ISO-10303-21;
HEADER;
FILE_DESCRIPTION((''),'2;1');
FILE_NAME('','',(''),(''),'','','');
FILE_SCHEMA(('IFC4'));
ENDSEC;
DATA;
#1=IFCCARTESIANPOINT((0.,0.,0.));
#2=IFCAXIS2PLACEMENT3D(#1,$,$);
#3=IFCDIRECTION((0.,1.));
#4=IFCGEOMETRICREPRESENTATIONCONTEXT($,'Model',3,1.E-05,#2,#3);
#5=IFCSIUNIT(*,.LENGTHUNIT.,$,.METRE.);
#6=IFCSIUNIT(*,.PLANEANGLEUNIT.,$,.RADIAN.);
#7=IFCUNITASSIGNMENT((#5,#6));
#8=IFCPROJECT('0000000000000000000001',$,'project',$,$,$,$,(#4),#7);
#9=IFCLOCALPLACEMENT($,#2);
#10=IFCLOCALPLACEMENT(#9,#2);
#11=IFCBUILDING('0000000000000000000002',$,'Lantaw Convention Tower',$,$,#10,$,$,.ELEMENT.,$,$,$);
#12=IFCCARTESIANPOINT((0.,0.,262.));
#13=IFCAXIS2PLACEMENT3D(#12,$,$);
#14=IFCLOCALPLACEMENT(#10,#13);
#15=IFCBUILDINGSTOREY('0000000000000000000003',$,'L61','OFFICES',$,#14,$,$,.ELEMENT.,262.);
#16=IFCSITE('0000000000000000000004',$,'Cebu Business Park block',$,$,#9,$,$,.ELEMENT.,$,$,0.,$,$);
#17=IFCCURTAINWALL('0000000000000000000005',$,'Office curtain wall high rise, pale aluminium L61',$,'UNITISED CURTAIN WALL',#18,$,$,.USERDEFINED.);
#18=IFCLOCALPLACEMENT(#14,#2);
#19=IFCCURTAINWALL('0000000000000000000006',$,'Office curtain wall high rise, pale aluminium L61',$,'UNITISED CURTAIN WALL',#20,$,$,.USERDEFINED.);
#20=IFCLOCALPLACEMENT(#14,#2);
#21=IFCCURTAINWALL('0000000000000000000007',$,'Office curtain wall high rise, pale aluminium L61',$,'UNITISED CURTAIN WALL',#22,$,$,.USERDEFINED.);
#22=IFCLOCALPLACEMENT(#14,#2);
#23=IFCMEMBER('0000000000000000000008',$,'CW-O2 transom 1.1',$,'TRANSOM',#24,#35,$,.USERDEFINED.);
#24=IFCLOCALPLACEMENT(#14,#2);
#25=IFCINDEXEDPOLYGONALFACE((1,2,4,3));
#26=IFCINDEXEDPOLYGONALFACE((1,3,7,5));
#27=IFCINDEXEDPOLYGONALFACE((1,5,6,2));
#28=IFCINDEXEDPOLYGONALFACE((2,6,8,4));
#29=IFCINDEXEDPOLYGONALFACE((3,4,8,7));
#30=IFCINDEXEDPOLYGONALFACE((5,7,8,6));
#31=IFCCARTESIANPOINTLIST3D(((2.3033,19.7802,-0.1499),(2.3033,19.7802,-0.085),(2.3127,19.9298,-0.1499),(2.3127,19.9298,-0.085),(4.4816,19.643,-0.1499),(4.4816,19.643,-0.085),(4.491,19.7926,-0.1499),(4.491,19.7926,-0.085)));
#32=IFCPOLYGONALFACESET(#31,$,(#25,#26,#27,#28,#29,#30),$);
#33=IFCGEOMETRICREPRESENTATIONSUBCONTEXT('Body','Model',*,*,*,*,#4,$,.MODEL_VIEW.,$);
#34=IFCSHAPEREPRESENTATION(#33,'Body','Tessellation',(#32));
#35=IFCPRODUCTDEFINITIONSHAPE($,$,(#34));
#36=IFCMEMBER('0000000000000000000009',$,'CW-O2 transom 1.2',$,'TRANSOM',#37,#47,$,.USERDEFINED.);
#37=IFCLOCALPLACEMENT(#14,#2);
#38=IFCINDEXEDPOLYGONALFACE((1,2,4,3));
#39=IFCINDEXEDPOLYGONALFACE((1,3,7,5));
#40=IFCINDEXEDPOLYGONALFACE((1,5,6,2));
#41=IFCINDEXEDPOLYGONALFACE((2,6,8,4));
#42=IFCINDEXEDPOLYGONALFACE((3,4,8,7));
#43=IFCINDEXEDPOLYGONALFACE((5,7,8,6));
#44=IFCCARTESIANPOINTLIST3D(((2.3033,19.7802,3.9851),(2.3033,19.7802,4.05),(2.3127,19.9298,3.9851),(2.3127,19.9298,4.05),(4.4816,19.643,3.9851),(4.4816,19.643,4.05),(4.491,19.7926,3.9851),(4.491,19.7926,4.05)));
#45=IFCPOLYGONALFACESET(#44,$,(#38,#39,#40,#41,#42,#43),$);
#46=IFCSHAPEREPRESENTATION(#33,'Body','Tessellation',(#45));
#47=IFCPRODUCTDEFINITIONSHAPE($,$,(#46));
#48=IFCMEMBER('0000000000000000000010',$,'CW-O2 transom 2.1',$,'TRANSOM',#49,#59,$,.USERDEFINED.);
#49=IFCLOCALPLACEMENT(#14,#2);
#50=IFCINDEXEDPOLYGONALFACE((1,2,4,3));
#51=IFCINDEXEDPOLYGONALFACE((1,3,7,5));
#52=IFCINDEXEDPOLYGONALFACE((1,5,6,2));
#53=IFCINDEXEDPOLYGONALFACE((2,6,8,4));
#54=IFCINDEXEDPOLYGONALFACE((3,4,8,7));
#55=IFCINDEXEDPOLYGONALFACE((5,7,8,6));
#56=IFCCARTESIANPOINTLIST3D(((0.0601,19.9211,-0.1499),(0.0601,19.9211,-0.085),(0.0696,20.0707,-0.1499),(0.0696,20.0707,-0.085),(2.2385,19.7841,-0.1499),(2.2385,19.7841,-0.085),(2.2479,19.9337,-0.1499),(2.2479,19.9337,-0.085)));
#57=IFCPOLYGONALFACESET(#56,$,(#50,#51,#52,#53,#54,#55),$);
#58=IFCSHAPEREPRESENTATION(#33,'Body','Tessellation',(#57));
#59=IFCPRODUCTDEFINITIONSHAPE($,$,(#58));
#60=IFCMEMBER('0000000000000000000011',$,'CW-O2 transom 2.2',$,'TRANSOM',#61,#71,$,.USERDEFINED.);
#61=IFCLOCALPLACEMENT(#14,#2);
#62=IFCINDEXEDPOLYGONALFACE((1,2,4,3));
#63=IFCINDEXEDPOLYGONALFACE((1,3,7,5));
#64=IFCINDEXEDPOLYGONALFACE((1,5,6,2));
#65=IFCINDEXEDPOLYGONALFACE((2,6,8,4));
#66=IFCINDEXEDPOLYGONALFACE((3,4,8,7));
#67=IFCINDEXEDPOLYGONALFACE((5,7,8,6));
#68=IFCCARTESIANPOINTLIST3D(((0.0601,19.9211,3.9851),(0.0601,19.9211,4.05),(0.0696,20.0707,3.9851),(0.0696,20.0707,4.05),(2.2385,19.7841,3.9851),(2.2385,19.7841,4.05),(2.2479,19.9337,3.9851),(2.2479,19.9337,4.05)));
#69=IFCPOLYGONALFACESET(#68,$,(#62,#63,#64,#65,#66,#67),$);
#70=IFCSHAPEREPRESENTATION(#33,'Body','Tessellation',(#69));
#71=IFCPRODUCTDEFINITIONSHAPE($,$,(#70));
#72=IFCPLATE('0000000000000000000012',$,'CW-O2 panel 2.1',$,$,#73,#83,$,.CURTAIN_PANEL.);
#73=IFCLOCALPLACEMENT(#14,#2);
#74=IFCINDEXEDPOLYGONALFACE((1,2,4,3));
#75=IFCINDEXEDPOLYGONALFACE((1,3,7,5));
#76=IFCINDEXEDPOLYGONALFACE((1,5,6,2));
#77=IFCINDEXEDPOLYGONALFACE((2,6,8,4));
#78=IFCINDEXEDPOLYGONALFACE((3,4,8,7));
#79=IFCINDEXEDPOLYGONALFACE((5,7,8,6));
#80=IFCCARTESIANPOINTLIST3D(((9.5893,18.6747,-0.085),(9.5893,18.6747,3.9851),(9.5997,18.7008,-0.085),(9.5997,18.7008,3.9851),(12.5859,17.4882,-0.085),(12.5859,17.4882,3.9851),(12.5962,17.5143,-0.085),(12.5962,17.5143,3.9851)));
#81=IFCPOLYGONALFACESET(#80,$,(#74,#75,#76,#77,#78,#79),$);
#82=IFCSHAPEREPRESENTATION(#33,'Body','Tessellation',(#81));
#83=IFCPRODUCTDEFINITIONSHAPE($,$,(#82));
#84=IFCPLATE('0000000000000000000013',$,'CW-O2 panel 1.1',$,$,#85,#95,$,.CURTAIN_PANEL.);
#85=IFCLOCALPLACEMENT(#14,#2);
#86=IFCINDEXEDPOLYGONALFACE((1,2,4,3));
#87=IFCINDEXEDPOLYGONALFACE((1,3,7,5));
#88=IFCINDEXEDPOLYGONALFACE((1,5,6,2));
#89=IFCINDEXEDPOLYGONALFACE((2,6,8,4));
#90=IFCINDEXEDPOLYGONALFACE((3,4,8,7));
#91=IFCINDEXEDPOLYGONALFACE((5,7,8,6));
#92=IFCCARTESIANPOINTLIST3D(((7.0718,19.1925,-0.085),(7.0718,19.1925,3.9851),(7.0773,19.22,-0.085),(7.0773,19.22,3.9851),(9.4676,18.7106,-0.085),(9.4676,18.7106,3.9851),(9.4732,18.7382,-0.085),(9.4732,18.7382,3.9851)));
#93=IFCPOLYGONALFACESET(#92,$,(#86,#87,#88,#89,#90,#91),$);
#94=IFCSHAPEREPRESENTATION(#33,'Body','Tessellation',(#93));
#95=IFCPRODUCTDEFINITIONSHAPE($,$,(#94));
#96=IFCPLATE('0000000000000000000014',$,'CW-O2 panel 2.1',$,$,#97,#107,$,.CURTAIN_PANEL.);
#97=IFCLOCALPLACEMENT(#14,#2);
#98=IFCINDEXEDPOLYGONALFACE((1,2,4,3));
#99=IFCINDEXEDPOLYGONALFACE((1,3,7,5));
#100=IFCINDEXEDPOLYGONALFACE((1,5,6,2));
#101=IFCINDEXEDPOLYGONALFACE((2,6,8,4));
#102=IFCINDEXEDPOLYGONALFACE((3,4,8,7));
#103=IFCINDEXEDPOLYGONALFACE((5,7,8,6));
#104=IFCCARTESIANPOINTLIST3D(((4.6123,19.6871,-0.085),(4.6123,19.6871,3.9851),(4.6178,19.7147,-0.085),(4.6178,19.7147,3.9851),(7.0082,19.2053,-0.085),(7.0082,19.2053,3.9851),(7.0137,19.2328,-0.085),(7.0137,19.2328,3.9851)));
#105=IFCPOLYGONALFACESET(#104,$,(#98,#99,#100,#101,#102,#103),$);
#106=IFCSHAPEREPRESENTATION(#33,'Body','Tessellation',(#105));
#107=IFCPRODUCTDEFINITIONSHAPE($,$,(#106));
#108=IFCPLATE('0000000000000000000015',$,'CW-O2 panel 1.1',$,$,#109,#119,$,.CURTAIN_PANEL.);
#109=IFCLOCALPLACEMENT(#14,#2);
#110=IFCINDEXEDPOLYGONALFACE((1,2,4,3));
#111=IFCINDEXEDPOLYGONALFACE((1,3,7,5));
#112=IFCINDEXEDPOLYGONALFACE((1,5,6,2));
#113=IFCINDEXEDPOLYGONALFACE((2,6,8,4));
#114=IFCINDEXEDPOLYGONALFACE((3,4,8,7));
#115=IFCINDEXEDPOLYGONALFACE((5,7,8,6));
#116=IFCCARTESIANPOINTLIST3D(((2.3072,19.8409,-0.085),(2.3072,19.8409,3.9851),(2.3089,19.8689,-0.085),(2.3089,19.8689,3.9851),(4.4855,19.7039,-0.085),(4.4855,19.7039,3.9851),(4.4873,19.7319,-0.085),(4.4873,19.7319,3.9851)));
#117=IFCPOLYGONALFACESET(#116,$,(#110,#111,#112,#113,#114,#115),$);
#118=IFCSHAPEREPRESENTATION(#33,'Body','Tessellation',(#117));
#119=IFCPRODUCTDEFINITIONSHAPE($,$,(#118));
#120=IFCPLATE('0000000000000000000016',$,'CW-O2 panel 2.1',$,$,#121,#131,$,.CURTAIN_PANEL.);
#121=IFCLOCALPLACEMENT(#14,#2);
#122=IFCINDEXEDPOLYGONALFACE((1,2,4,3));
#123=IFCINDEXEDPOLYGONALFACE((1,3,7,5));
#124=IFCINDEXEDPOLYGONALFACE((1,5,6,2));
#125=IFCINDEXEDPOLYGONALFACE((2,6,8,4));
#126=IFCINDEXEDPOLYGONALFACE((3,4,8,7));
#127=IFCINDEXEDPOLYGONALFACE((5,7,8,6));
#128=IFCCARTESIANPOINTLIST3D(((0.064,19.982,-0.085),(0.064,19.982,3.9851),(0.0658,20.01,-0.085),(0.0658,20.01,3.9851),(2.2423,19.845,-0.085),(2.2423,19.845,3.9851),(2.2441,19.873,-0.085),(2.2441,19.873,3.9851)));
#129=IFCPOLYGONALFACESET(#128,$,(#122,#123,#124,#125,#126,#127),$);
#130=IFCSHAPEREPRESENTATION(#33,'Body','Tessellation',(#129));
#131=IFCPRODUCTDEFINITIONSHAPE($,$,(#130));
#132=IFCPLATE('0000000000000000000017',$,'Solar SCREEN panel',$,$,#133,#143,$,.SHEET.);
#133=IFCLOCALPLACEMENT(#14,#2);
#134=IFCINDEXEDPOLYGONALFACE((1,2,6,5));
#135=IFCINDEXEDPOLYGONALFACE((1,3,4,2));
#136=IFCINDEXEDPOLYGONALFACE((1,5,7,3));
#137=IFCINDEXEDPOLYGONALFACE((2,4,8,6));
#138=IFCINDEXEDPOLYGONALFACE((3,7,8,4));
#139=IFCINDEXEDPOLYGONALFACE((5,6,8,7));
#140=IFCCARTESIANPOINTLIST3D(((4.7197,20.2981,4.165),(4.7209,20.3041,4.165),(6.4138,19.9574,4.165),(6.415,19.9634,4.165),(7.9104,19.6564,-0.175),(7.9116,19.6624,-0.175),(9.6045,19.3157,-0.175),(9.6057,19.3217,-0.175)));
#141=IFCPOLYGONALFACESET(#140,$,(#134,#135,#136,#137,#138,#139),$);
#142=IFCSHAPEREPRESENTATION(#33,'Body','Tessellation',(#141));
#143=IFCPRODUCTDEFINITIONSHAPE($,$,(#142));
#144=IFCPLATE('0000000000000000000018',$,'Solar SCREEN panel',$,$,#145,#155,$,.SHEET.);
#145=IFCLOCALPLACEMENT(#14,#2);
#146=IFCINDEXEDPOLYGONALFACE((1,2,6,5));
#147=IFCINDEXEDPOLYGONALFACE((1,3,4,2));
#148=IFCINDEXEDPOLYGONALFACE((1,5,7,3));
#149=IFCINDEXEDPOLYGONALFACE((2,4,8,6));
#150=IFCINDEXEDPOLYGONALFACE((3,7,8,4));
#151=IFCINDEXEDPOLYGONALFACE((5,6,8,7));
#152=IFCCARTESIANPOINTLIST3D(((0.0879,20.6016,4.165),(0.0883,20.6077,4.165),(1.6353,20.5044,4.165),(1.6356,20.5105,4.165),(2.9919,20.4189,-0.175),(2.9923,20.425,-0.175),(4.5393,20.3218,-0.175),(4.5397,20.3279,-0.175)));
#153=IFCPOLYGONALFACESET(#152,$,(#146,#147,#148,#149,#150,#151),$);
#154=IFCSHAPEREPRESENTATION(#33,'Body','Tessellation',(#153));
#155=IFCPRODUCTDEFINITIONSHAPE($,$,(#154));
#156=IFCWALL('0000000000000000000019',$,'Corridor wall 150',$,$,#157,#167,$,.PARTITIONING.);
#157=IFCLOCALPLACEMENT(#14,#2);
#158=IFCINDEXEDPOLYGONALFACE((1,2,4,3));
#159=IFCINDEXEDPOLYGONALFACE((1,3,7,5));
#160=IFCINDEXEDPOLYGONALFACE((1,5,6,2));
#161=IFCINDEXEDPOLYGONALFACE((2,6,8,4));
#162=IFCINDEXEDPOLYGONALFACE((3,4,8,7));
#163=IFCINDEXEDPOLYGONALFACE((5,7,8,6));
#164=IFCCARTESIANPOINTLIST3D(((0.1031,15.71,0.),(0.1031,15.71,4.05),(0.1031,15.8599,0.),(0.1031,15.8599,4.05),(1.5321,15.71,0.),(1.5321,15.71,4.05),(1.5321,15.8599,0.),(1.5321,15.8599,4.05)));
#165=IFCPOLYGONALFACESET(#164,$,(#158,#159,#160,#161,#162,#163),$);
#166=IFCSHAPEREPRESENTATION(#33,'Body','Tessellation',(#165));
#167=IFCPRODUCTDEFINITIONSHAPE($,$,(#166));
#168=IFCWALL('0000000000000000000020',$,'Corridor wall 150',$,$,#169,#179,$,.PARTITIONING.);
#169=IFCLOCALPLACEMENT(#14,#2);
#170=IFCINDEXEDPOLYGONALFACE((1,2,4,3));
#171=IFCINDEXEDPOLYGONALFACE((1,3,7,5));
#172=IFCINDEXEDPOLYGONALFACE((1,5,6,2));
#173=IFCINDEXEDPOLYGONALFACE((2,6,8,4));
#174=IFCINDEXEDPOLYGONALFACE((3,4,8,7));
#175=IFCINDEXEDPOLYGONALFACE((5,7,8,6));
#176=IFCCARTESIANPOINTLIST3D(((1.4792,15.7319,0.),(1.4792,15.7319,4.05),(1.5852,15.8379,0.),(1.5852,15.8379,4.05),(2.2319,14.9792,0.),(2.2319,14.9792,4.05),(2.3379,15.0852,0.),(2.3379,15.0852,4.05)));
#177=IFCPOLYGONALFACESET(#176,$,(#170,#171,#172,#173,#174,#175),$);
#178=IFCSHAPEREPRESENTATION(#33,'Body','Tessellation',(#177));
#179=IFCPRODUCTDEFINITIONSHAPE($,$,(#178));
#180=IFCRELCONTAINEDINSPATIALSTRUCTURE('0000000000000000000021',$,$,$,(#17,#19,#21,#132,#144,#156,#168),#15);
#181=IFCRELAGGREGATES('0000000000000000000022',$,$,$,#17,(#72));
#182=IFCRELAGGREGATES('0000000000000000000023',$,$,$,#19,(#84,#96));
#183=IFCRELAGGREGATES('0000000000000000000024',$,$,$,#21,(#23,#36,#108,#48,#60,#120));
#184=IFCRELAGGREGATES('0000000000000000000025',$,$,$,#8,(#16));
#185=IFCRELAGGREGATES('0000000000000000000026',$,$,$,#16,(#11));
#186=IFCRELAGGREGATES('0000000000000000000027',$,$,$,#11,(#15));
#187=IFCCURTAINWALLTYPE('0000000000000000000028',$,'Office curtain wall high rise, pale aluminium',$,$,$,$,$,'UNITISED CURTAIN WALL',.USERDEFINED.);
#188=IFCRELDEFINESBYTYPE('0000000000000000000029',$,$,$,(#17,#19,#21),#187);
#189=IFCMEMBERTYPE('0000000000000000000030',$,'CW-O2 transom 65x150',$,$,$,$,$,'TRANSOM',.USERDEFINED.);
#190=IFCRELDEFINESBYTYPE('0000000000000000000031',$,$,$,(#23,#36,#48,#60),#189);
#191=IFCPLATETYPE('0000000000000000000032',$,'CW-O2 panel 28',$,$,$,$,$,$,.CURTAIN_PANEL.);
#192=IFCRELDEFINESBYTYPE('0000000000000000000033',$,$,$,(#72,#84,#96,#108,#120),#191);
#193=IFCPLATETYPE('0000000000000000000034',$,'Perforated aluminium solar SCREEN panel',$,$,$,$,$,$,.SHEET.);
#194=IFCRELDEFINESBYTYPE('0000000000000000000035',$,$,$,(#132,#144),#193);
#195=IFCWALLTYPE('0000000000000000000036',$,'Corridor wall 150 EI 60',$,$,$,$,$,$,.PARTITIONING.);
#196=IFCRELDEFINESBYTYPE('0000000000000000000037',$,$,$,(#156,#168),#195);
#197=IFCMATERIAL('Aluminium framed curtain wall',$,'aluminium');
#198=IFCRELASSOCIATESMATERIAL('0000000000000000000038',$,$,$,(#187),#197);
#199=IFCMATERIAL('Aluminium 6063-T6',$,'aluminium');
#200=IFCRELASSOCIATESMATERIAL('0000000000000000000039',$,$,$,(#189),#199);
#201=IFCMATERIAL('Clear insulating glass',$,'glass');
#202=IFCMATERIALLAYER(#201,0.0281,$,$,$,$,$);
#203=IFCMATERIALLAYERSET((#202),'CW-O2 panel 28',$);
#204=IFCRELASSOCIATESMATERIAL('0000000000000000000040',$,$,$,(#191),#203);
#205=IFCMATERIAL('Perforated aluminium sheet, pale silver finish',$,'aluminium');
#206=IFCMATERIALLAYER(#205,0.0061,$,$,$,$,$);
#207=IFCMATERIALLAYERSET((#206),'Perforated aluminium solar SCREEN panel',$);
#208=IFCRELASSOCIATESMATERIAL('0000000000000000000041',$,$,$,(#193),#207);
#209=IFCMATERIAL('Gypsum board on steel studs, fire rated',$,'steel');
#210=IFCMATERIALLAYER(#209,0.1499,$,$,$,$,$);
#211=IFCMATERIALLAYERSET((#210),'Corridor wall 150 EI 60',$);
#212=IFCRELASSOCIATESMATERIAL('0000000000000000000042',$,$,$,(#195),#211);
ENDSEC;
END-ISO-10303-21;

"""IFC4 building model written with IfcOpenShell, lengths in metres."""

from ifc_helpers import new_model, si_unit, direction, frame, frame_2d, origin, origin_2d, place, context, subcontext, project, spatial, polyline, rectangle, outline, extrude, material, layer, layer_set, material_profile, profile_set, type_object, element, aggregate, save


model = new_model("IFC4")

# Units and contexts
model_context = context("Model", 3, precision=1e-05, world=origin(), true_north=direction((0.0, 1.0)))
body_context = subcontext(model_context, "Body", "Model", "MODEL_VIEW")
ifc_project = project(units=[si_unit("LENGTHUNIT", "METRE"), si_unit("PLANEANGLEUNIT", "RADIAN")], contexts=[model_context])

# Site, building, storey
site_placement = place(None, origin())
site = spatial("IfcSite", under=ifc_project, at=site_placement, Name="Cebu Business Park block", CompositionType="ELEMENT", RefElevation=0.0)
building_placement = place(site_placement, origin())
building = spatial("IfcBuilding", under=site, at=building_placement, Name="Lantaw Convention Tower", CompositionType="ELEMENT")
storey_placement = place(building_placement, frame((0.0, 0.0, 262.0)))
storey = spatial("IfcBuildingStorey", under=building, at=storey_placement, Name="L61", Description="OFFICES", CompositionType="ELEMENT", Elevation=262.0)

# Curtain walls
ifc_material_1 = material(Name="Aluminium framed curtain wall", Category="aluminium")
curtain_wall_type = type_object("IfcCurtainWallType", Name="Office curtain wall high rise, pale aluminium", ElementType="UNITISED CURTAIN WALL", PredefinedType="USERDEFINED", material=ifc_material_1)
curtain_wall_1_placement = place(storey_placement, origin())
curtain_wall_1 = element("IfcCurtainWall", 1, at=curtain_wall_1_placement, inside=storey, type_object=curtain_wall_type, Name="Office curtain wall high rise, pale aluminium L61", ObjectType="UNITISED CURTAIN WALL", PredefinedType="USERDEFINED")
ifc_material_2 = material(Name="Aluminium 6063-T6", Category="aluminium")
curtain_wall_2_placement = place(storey_placement, origin())
curtain_wall_2 = element("IfcCurtainWall", 2, at=curtain_wall_2_placement, inside=storey, type_object=curtain_wall_type, Name="Office curtain wall high rise, pale aluminium L61", ObjectType="UNITISED CURTAIN WALL", PredefinedType="USERDEFINED")
curtain_wall_3_placement = place(storey_placement, origin())
curtain_wall_3 = element("IfcCurtainWall", 3, at=curtain_wall_3_placement, inside=storey, type_object=curtain_wall_type, Name="Office curtain wall high rise, pale aluminium L61", ObjectType="UNITISED CURTAIN WALL", PredefinedType="USERDEFINED")

# Members
ifc_material_profile_1 = material_profile(ifc_material_2, rectangle(XDim=0.1499, YDim=0.0649, at=origin_2d()), Name="CW-O2 transom 65x150")
ifc_profile_set_1 = profile_set([ifc_material_profile_1], Name="Aluminium 6063-T6")
member_type_1 = type_object("IfcMemberType", Name="CW-O2 transom 65x150", ElementType="TRANSOM", PredefinedType="USERDEFINED", material=ifc_profile_set_1)
member_1_placement = place(storey_placement, frame((4.4863, 19.7178, -0.1174), z_axis=(-0.998022, 0.062866, 0.0), x_axis=(-0.062866, -0.998022, 0.0)))
member_1 = element("IfcMember", 4, at=member_1_placement, type_object=member_type_1, Name="CW-O2 transom 1.1", ObjectType="TRANSOM", PredefinedType="USERDEFINED", context=body_context, shape_type="SweptSolid", body=[
    extrude(rectangle(XDim=0.1499, YDim=0.0649, at=origin_2d()), origin(), (0.0, 0.0, 1.0), 2.1826),
])
member_2_placement = place(storey_placement, frame((4.4863, 19.7178, 4.0176), z_axis=(-0.998022, 0.062866, 0.0), x_axis=(-0.062866, -0.998022, 0.0)))
member_2 = element("IfcMember", 5, at=member_2_placement, type_object=member_type_1, Name="CW-O2 transom 1.2", ObjectType="TRANSOM", PredefinedType="USERDEFINED", context=body_context, shape_type="SweptSolid", body=[
    extrude(rectangle(XDim=0.1499, YDim=0.0649, at=origin_2d()), origin(), (0.0, 0.0, 1.0), 2.1826),
])
member_3_placement = place(storey_placement, frame((2.2432, 19.8589, -0.1174), z_axis=(-0.998029, 0.062754, 0.0), x_axis=(-0.062754, -0.998029, 0.0)))
member_3 = element("IfcMember", 6, at=member_3_placement, type_object=member_type_1, Name="CW-O2 transom 2.1", ObjectType="TRANSOM", PredefinedType="USERDEFINED", context=body_context, shape_type="SweptSolid", body=[
    extrude(rectangle(XDim=0.1499, YDim=0.0649, at=origin_2d()), origin(), (0.0, 0.0, 1.0), 2.1826),
])
member_4_placement = place(storey_placement, frame((2.2432, 19.8589, 4.0176), z_axis=(-0.998029, 0.062754, 0.0), x_axis=(-0.062754, -0.998029, 0.0)))
member_4 = element("IfcMember", 7, at=member_4_placement, type_object=member_type_1, Name="CW-O2 transom 2.2", ObjectType="TRANSOM", PredefinedType="USERDEFINED", context=body_context, shape_type="SweptSolid", body=[
    extrude(rectangle(XDim=0.1499, YDim=0.0649, at=origin_2d()), origin(), (0.0, 0.0, 1.0), 2.1826),
])

# Plates
ifc_material_3 = material(Name="Clear insulating glass", Category="glass")
ifc_layer_1 = layer(ifc_material_3, 0.0281)
ifc_layer_set_1 = layer_set([ifc_layer_1], Name="CW-O2 panel 28")
plate_type_1 = type_object("IfcPlateType", Name="CW-O2 panel 28", PredefinedType="CURTAIN_PANEL", material=ifc_layer_set_1)
plate_1_placement = place(storey_placement, frame((11.0928, 18.0945, -0.085), z_axis=(0.0, 0.0, 1.0), x_axis=(-0.929762, 0.368162, 0.0)))
plate_1 = element("IfcPlate", 8, at=plate_1_placement, type_object=plate_type_1, Name="CW-O2 panel 2.1", PredefinedType="CURTAIN_PANEL", context=body_context, shape_type="SweptSolid", body=[
    extrude(rectangle(XDim=3.2229, YDim=0.0281, at=origin_2d()), origin(), (0.0, 0.0, 1.0), 4.0701),
])
aggregate(curtain_wall_1, [plate_1])
plate_2_placement = place(storey_placement, frame((8.2725, 18.9653, -0.085), z_axis=(0.0, 0.0, 1.0), x_axis=(-0.980367, 0.197183, 0.0)))
plate_2 = element("IfcPlate", 9, at=plate_2_placement, type_object=plate_type_1, Name="CW-O2 panel 1.1", PredefinedType="CURTAIN_PANEL", context=body_context, shape_type="SweptSolid", body=[
    extrude(rectangle(XDim=2.4438, YDim=0.0281, at=origin_2d()), origin(), (0.0, 0.0, 1.0), 4.0701),
])
plate_3_placement = place(storey_placement, frame((5.813, 19.46, -0.085), z_axis=(0.0, 0.0, 1.0), x_axis=(-0.980367, 0.197183, 0.0)))
plate_3 = element("IfcPlate", 10, at=plate_3_placement, type_object=plate_type_1, Name="CW-O2 panel 2.1", PredefinedType="CURTAIN_PANEL", context=body_context, shape_type="SweptSolid", body=[
    extrude(rectangle(XDim=2.4438, YDim=0.0281, at=origin_2d()), origin(), (0.0, 0.0, 1.0), 4.0701),
])
aggregate(curtain_wall_2, [plate_2, plate_3])
plate_4_placement = place(storey_placement, frame((3.3972, 19.7864, -0.085), z_axis=(0.0, 0.0, 1.0), x_axis=(-0.998029, 0.062758, 0.0)))
plate_4 = element("IfcPlate", 11, at=plate_4_placement, type_object=plate_type_1, Name="CW-O2 panel 1.1", PredefinedType="CURTAIN_PANEL", context=body_context, shape_type="SweptSolid", body=[
    extrude(rectangle(XDim=2.1826, YDim=0.0281, at=origin_2d()), origin(), (0.0, 0.0, 1.0), 4.0701),
])
plate_5_placement = place(storey_placement, frame((1.1541, 19.9275, -0.085), z_axis=(0.0, 0.0, 1.0), x_axis=(-0.998029, 0.062758, 0.0)))
plate_5 = element("IfcPlate", 12, at=plate_5_placement, type_object=plate_type_1, Name="CW-O2 panel 2.1", PredefinedType="CURTAIN_PANEL", context=body_context, shape_type="SweptSolid", body=[
    extrude(rectangle(XDim=2.1826, YDim=0.0281, at=origin_2d()), origin(), (0.0, 0.0, 1.0), 4.0701),
])
aggregate(curtain_wall_3, [member_1, member_2, plate_4, member_3, member_4, plate_5])

# Plates
ifc_material_4 = material(Name="Perforated aluminium sheet, pale silver finish", Category="aluminium")
ifc_layer_2 = layer(ifc_material_4, 0.0061)
ifc_layer_set_2 = layer_set([ifc_layer_2], Name="Perforated aluminium solar SCREEN panel")
plate_type_2 = type_object("IfcPlateType", Name="Perforated aluminium solar SCREEN panel", PredefinedType="SHEET", material=ifc_layer_set_2)
plate_6_placement = place(storey_placement, frame((9.6045, 19.3157, -0.175), z_axis=(-0.197162, -0.980371, 0.000011), x_axis=(-0.980371, 0.197162, 0.0)))
element("IfcPlate", 13, at=plate_6_placement, inside=storey, type_object=plate_type_2, Name="Solar SCREEN panel", PredefinedType="SHEET", context=body_context, shape_type="SweptSolid", body=[
    extrude(outline(polyline([(0.0, 0.0), (1.728, 0.0), (4.9826, -4.3401), (3.2545, -4.3401), (0.0, 0.0)])), origin(), (0.0, 0.0, -1.0), 0.0061),
])
plate_7_placement = place(storey_placement, frame((4.5393, 20.3218, -0.175), z_axis=(-0.062672, -0.998034, 0.000059), x_axis=(-0.998034, 0.062672, 0.0)))
element("IfcPlate", 14, at=plate_7_placement, inside=storey, type_object=plate_type_2, Name="Solar SCREEN panel", PredefinedType="SHEET", context=body_context, shape_type="SweptSolid", body=[
    extrude(outline(polyline([(0.0, 0.0), (1.5504, 0.0), (4.4602, -4.3401), (2.9098, -4.3401), (0.0, 0.0)])), origin(), (0.0, 0.0, -1.0), 0.0061),
])

# Walls
ifc_material_5 = material(Name="Gypsum board on steel studs, fire rated", Category="steel")
ifc_layer_3 = layer(ifc_material_5, 0.1499)
ifc_layer_set_3 = layer_set([ifc_layer_3], Name="Corridor wall 150 EI 60")
wall_type_1 = type_object("IfcWallType", Name="Corridor wall 150 EI 60", PredefinedType="PARTITIONING", material=ifc_layer_set_3)
wall_1_placement = place(storey_placement, frame((0.1033, 15.7849, 0.0), z_axis=(0.0, 0.0, 1.0), x_axis=(1.0, 0.0, 0.0)))
element("IfcWall", 15, at=wall_1_placement, inside=storey, type_object=wall_type_1, Name="Corridor wall 150", PredefinedType="PARTITIONING", context=body_context, shape_type="SweptSolid", body=[
    extrude(rectangle(XDim=1.429, YDim=0.1499, at=frame_2d((0.7144, 0.0))), origin(), (0.0, 0.0, 1.0), 4.05),
])
wall_2_placement = place(storey_placement, frame((1.5322, 15.7849, 0.0), z_axis=(0.0, 0.0, 1.0), x_axis=(0.707107, -0.707107, 0.0)))
element("IfcWall", 16, at=wall_2_placement, inside=storey, type_object=wall_type_1, Name="Corridor wall 150", PredefinedType="PARTITIONING", context=body_context, shape_type="SweptSolid", body=[
    extrude(rectangle(XDim=1.0645, YDim=0.1499, at=frame_2d((0.5322, 0.0))), origin(), (0.0, 0.0, 1.0), 4.05),
])

save(model, "model.ifc")
